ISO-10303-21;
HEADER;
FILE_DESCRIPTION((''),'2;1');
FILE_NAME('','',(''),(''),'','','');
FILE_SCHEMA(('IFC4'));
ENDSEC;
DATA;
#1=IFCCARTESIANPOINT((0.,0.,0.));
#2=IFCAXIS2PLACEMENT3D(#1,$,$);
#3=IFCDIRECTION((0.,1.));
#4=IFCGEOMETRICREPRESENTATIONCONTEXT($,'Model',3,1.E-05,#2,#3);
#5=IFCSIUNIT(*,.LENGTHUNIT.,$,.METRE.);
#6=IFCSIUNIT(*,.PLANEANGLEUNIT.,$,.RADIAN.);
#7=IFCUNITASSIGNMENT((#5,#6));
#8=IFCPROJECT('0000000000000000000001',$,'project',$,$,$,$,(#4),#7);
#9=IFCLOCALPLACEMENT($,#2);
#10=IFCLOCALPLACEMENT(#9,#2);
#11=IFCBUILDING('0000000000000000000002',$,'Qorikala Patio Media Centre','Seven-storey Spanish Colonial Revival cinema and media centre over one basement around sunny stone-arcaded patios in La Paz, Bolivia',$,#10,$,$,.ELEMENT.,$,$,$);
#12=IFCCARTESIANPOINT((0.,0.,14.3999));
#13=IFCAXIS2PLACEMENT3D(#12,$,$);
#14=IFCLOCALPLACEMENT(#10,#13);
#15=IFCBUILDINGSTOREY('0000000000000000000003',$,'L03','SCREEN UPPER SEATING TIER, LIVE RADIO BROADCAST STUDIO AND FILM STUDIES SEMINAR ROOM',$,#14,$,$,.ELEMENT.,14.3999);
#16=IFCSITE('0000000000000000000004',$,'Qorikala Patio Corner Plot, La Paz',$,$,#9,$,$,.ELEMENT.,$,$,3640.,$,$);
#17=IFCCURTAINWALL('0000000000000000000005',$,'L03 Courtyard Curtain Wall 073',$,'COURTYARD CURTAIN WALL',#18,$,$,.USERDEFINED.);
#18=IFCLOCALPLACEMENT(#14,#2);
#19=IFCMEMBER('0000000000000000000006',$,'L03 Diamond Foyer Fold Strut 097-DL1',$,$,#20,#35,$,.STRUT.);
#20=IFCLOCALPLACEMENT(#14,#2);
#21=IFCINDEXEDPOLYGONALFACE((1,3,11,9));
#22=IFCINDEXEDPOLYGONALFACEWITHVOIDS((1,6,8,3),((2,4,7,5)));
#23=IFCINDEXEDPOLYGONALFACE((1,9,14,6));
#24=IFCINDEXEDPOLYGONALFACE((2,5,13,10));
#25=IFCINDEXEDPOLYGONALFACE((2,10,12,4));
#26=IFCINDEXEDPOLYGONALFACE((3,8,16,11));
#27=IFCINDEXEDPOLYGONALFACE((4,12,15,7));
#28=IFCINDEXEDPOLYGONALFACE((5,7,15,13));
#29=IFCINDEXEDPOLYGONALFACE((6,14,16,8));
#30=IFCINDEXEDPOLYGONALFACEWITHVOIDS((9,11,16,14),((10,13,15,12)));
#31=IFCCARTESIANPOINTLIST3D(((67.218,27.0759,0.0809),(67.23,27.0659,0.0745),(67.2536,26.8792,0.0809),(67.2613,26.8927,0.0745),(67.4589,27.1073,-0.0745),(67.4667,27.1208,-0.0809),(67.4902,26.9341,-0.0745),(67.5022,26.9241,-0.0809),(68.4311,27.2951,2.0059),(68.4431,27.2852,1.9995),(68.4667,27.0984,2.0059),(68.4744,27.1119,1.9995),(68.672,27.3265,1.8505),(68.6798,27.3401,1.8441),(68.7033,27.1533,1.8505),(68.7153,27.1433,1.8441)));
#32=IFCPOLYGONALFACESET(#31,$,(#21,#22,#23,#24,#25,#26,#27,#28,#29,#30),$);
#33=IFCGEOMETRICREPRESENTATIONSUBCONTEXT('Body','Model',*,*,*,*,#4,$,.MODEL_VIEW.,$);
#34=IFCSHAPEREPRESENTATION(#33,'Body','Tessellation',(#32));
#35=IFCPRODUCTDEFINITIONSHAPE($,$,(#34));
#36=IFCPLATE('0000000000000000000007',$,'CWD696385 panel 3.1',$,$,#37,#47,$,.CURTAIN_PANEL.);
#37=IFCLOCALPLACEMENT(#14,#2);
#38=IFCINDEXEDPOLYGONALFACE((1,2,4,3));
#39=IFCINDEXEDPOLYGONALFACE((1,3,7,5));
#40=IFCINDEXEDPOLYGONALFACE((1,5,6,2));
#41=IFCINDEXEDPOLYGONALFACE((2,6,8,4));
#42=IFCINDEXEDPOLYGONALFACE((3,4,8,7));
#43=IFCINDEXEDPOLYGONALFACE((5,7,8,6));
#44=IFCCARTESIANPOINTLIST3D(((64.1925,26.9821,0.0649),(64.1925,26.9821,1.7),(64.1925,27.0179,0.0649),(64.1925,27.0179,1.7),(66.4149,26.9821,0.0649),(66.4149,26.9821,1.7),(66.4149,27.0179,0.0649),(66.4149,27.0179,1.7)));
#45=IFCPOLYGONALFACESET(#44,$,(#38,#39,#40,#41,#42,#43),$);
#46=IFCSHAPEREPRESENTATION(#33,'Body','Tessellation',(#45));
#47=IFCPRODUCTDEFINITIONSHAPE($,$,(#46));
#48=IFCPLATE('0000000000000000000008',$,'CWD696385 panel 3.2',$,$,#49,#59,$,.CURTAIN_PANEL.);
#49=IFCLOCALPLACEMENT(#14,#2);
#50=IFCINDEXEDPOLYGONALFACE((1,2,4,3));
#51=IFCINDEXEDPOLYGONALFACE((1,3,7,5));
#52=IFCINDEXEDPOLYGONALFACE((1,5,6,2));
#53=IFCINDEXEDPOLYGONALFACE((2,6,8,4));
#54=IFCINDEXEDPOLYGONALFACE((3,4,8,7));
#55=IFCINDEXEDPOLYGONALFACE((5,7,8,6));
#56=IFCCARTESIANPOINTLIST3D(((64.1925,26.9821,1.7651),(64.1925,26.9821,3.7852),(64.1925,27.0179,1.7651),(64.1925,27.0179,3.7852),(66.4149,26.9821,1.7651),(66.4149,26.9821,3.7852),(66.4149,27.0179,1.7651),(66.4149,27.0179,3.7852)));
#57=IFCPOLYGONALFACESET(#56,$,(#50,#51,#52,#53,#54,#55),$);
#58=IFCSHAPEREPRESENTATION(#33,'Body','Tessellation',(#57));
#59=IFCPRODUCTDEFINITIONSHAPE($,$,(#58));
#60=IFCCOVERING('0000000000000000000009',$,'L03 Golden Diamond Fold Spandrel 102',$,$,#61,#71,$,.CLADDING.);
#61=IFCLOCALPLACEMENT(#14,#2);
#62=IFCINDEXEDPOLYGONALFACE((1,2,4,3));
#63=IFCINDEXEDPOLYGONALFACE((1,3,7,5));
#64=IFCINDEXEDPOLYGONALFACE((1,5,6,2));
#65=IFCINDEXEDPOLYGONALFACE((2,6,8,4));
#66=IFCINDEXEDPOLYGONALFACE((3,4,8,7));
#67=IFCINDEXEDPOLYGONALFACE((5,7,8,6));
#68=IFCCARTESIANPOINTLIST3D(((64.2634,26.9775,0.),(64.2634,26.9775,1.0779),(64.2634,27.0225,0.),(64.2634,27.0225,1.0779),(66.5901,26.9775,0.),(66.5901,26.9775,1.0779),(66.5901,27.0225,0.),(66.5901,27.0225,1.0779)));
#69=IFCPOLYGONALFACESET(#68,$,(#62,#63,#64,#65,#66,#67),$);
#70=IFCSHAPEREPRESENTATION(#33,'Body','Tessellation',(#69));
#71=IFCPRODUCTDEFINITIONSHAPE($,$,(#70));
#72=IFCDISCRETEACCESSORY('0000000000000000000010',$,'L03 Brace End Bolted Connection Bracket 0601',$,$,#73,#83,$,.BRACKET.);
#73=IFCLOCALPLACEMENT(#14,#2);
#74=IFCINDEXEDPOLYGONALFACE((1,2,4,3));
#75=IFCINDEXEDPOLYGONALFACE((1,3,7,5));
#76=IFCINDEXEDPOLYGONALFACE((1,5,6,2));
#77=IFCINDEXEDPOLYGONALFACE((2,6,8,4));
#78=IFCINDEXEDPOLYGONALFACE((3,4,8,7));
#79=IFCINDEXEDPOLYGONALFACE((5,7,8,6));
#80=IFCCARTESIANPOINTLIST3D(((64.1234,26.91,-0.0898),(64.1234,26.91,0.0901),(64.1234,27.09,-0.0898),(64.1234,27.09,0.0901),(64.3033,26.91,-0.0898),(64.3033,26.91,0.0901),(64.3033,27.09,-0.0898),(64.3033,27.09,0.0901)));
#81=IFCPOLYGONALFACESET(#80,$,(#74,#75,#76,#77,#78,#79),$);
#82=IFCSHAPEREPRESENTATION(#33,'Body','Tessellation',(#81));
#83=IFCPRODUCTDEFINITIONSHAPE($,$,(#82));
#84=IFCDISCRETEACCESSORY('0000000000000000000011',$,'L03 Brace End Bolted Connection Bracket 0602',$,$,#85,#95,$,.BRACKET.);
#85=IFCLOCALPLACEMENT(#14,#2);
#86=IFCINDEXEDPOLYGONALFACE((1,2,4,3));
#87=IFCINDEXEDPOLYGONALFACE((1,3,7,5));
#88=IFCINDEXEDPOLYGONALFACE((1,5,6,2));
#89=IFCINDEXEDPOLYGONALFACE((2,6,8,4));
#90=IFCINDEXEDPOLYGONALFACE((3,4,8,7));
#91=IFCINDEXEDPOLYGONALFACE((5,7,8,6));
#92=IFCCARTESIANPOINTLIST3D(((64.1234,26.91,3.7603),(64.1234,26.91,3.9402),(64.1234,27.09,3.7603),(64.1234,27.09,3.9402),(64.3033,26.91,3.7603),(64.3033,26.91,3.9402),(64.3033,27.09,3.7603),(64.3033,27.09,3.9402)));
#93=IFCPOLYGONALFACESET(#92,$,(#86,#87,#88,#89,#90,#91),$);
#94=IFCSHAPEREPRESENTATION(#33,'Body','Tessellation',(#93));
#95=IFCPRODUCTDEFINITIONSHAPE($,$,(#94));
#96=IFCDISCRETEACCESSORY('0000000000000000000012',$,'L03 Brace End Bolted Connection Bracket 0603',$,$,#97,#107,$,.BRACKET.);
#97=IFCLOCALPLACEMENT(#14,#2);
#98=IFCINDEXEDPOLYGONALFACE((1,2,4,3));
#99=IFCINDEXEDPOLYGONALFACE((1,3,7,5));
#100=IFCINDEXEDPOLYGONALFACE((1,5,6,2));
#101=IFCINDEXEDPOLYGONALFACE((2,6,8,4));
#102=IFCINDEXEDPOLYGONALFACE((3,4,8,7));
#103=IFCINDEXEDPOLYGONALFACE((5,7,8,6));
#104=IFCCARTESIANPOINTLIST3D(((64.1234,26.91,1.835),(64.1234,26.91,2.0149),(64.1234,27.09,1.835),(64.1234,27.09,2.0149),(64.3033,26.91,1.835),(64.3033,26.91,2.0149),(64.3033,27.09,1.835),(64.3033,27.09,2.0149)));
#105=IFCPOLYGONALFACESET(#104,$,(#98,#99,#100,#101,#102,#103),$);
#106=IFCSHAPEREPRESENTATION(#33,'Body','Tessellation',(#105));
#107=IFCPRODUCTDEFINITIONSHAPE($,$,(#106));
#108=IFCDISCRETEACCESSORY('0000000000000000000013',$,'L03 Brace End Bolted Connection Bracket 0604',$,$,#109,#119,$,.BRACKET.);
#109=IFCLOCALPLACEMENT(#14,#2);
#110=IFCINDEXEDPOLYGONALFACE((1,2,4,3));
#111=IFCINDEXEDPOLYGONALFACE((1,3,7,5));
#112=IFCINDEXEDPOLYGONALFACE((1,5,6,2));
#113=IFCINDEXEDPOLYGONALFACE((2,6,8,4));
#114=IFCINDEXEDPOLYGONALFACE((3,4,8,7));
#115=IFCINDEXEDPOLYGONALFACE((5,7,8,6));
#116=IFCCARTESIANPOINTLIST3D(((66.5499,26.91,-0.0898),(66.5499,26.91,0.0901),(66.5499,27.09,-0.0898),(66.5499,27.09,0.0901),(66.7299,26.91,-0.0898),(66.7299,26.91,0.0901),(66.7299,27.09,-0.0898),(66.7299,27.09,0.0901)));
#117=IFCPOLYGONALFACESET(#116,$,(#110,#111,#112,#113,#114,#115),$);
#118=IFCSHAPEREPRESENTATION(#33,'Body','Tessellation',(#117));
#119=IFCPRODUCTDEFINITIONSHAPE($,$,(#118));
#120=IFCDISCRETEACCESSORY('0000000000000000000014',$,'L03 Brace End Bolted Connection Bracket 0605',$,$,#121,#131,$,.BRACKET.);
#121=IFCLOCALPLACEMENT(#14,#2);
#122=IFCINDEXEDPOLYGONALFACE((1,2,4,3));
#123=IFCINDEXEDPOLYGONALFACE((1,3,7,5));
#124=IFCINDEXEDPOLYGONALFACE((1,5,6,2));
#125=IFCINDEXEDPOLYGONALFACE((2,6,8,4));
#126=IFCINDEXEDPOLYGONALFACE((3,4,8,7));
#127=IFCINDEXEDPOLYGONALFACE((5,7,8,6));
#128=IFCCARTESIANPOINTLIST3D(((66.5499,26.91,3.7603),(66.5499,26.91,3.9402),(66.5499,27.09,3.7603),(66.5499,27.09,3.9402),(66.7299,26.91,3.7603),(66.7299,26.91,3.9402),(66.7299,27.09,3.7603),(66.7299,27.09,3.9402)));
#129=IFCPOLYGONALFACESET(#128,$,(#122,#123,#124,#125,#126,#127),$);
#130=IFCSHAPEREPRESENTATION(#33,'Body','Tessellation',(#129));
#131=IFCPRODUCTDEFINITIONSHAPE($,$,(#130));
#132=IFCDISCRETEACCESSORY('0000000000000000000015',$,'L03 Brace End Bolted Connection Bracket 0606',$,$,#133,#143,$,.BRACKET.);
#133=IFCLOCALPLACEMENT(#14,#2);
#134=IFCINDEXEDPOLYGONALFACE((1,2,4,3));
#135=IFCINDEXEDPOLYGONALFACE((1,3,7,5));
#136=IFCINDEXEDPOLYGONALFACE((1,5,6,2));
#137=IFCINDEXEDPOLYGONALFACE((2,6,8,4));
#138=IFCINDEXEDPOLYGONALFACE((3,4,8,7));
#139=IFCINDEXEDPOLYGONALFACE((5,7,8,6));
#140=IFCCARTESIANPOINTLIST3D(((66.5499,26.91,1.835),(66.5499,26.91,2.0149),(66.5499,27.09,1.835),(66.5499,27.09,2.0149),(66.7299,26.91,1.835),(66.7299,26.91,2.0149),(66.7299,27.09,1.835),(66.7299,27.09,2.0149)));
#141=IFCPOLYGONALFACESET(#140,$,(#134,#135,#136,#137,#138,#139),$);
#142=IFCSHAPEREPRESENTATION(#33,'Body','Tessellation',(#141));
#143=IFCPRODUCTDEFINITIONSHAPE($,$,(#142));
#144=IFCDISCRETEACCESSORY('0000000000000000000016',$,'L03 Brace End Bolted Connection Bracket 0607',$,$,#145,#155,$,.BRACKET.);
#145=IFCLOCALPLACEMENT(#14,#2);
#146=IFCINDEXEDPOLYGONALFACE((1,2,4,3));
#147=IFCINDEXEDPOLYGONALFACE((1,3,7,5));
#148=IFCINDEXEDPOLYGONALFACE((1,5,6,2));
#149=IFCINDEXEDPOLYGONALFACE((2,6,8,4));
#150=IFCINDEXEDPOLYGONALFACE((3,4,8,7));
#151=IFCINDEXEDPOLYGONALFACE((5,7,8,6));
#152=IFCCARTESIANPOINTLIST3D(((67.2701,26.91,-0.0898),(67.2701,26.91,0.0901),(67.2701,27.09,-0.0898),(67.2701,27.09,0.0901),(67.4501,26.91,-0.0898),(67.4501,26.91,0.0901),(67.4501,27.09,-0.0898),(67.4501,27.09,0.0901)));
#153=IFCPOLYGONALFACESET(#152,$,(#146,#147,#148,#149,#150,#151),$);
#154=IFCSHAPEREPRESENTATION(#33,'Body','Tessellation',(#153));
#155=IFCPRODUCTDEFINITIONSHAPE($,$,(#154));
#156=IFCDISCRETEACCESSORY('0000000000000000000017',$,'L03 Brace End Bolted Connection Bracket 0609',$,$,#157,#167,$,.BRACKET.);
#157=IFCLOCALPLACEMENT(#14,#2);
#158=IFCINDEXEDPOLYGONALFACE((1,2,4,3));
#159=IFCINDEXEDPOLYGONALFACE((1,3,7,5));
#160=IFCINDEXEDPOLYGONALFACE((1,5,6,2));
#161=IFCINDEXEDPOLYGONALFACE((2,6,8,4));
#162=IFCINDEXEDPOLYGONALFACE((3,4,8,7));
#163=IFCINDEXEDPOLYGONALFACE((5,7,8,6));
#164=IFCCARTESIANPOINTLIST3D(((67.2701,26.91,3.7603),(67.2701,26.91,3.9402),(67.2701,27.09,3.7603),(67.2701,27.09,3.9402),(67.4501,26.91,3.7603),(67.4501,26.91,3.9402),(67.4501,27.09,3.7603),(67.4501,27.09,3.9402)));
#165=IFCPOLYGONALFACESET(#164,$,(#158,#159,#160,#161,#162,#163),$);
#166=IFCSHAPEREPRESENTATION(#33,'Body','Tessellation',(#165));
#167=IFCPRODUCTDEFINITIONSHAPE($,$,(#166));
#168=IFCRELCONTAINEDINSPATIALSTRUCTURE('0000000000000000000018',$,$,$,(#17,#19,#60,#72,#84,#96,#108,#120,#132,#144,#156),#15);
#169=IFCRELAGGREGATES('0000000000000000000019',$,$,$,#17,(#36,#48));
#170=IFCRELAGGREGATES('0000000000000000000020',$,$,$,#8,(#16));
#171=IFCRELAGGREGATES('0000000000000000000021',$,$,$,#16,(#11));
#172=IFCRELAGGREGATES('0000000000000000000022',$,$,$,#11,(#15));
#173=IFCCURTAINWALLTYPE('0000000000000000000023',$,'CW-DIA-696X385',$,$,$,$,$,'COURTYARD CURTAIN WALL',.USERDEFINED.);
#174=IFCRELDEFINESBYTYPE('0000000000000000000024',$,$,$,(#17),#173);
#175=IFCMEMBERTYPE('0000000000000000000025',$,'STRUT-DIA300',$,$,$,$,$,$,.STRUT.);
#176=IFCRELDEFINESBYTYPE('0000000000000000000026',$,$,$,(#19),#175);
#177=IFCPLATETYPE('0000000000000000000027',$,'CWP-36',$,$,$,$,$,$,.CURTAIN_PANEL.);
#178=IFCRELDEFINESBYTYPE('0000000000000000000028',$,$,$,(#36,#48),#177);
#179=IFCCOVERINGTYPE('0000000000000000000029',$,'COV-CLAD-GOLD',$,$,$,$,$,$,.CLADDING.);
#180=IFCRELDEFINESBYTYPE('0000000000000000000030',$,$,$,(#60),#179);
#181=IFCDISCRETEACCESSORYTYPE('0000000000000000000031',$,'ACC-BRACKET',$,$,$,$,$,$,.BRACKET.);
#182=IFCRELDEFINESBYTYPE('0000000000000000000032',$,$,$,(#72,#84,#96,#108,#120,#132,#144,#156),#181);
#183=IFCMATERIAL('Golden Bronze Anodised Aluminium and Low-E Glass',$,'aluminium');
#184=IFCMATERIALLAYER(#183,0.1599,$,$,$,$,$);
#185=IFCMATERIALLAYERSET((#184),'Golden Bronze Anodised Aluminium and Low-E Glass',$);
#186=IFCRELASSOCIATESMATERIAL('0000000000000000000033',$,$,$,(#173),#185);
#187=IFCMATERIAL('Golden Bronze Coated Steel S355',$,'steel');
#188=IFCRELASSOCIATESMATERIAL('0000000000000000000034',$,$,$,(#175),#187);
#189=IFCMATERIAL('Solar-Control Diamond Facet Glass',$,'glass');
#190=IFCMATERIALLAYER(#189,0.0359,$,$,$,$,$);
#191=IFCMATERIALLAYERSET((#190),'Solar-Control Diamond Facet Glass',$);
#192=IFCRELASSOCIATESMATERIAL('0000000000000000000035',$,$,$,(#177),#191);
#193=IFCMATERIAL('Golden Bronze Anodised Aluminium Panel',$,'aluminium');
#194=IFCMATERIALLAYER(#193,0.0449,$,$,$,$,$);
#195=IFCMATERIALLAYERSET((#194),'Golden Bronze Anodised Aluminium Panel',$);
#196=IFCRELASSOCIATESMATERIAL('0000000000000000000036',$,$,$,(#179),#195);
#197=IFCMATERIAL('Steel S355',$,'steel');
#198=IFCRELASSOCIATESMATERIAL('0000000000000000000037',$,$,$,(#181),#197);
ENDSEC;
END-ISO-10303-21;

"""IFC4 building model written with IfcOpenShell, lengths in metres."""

from ifc_helpers import new_model, si_unit, direction, frame, origin, origin_2d, place, context, subcontext, project, spatial, rectangle, hollow_rectangle, extrude, material, layer, layer_set, material_profile, profile_set, type_object, element, aggregate, save


model = new_model("IFC4")

# Units and contexts
model_context = context("Model", 3, precision=1e-05, world=origin(), true_north=direction((0.0, 1.0)))
body_context = subcontext(model_context, "Body", "Model", "MODEL_VIEW")
ifc_project = project(units=[si_unit("LENGTHUNIT", "METRE"), si_unit("PLANEANGLEUNIT", "RADIAN")], contexts=[model_context])

# Site, building, storey
site_placement = place(None, origin())
site = spatial("IfcSite", under=ifc_project, at=site_placement, Name="Qorikala Patio Corner Plot, La Paz", CompositionType="ELEMENT", RefElevation=3640.0)
building_placement = place(site_placement, origin())
building = spatial("IfcBuilding", under=site, at=building_placement, Name="Qorikala Patio Media Centre", Description="Seven-storey Spanish Colonial Revival cinema and media centre over one basement around sunny stone-arcaded patios in La Paz, Bolivia", CompositionType="ELEMENT")
storey_placement = place(building_placement, frame((0.0, 0.0, 14.3999)))
storey = spatial("IfcBuildingStorey", under=building, at=storey_placement, Name="L03", Description="SCREEN UPPER SEATING TIER, LIVE RADIO BROADCAST STUDIO AND FILM STUDIES SEMINAR ROOM", CompositionType="ELEMENT", Elevation=14.3999)

# Shared definitions
ifc_material_1 = material(Name="Golden Bronze Coated Steel S355", Category="steel")

# Curtain wall
ifc_material_2 = material(Name="Golden Bronze Anodised Aluminium and Low-E Glass", Category="aluminium")
ifc_layer_1 = layer(ifc_material_2, 0.1599)
ifc_layer_set_1 = layer_set([ifc_layer_1], Name="Golden Bronze Anodised Aluminium and Low-E Glass")
curtain_wall_type = type_object("IfcCurtainWallType", Name="CW-DIA-696X385", ElementType="COURTYARD CURTAIN WALL", PredefinedType="USERDEFINED", material=ifc_layer_set_1)
curtain_wall_placement = place(storey_placement, origin())
curtain_wall = element("IfcCurtainWall", 1, at=curtain_wall_placement, inside=storey, type_object=curtain_wall_type, Name="L03 Courtyard Curtain Wall 073", ObjectType="COURTYARD CURTAIN WALL", PredefinedType="USERDEFINED")

# Member
ifc_material_profile_1 = material_profile(ifc_material_1, hollow_rectangle(XDim=0.2, YDim=0.3, WallThickness=0.012, at=origin_2d()), Name="HSS300X200X12")
ifc_profile_set_1 = profile_set([ifc_material_profile_1], Name="Golden Bronze Coated Steel S355")
member_type_1 = type_object("IfcMemberType", Name="STRUT-DIA300", PredefinedType="STRUT", material=ifc_profile_set_1)
for number, where, z_axis, x_axis, name in (
    (2, (67.3601, 27.0, 0.0), (0.530691, 0.095907, 0.842121), (-0.17784, 0.984059, 0.0), "L03 Diamond Foyer Fold Strut 097-DL1"),
):
    element("IfcMember", number, at=place(storey_placement, frame(where, z_axis=z_axis, x_axis=x_axis)), inside=storey, type_object=member_type_1, Name=name, PredefinedType="STRUT", context=body_context, shape_type="SweptSolid", body=[
        extrude(hollow_rectangle(XDim=0.2, YDim=0.3, WallThickness=0.012, at=origin_2d()), origin(), (0.0, 0.0, 1.0), 2.2859),
    ])

# Plates
ifc_material_3 = material(Name="Solar-Control Diamond Facet Glass", Category="glass")
ifc_layer_2 = layer(ifc_material_3, 0.0359)
ifc_layer_set_2 = layer_set([ifc_layer_2], Name="Solar-Control Diamond Facet Glass")
plate_type = type_object("IfcPlateType", Name="CWP-36", PredefinedType="CURTAIN_PANEL", material=ifc_layer_set_2)
plate_1_placement = place(storey_placement, frame((65.3037, 27.0, 0.0649), z_axis=(0.0, 0.0, 1.0), x_axis=(1.0, 0.0, 0.0)))
plate_1 = element("IfcPlate", 3, at=plate_1_placement, type_object=plate_type, Name="CWD696385 panel 3.1", PredefinedType="CURTAIN_PANEL", context=body_context, shape_type="SweptSolid", body=[
    extrude(rectangle(XDim=2.2224, YDim=0.0359, at=origin_2d()), origin(), (0.0, 0.0, 1.0), 1.635),
])
plate_2_placement = place(storey_placement, frame((65.3037, 27.0, 1.7651), z_axis=(0.0, 0.0, 1.0), x_axis=(1.0, 0.0, 0.0)))
plate_2 = element("IfcPlate", 4, at=plate_2_placement, type_object=plate_type, Name="CWD696385 panel 3.2", PredefinedType="CURTAIN_PANEL", context=body_context, shape_type="SweptSolid", body=[
    extrude(rectangle(XDim=2.2224, YDim=0.0359, at=origin_2d()), origin(), (0.0, 0.0, 1.0), 2.02),
])
aggregate(curtain_wall, [plate_1, plate_2])

# Covering
ifc_material_4 = material(Name="Golden Bronze Anodised Aluminium Panel", Category="aluminium")
ifc_layer_3 = layer(ifc_material_4, 0.0449)
ifc_layer_set_3 = layer_set([ifc_layer_3], Name="Golden Bronze Anodised Aluminium Panel")
covering_type = type_object("IfcCoveringType", Name="COV-CLAD-GOLD", PredefinedType="CLADDING", material=ifc_layer_set_3)
covering_placement = place(storey_placement, frame((65.4268, 27.0, 0.0), z_axis=(0.0, 0.0, 1.0), x_axis=(1.0, 0.0, 0.0)))
element("IfcCovering", 5, at=covering_placement, inside=storey, type_object=covering_type, Name="L03 Golden Diamond Fold Spandrel 102", PredefinedType="CLADDING", context=body_context, shape_type="SweptSolid", body=[
    extrude(rectangle(XDim=2.3267, YDim=0.0449, at=origin_2d()), origin(), (0.0, 0.0, 1.0), 1.0779),
])

# Discrete accessories
ifc_material_5 = material(Name="Steel S355", Category="steel")
discrete_accessory_type = type_object("IfcDiscreteAccessoryType", Name="ACC-BRACKET", PredefinedType="BRACKET", material=ifc_material_5)
for number, where, z_axis, x_axis, name in (
    (6, (64.2134, 27.0, -0.0898), (0.0, 0.0, 1.0), (1.0, 0.0, 0.0), "L03 Brace End Bolted Connection Bracket 0601"),
    (7, (64.2134, 27.0, 3.7603), (0.0, 0.0, 1.0), (1.0, 0.0, 0.0), "L03 Brace End Bolted Connection Bracket 0602"),
    (8, (64.2134, 27.0, 1.835), (0.0, 0.0, 1.0), (1.0, 0.0, 0.0), "L03 Brace End Bolted Connection Bracket 0603"),
    (9, (66.6399, 27.0, -0.0898), (0.0, 0.0, 1.0), (1.0, 0.0, 0.0), "L03 Brace End Bolted Connection Bracket 0604"),
    (10, (66.6399, 27.0, 3.7603), (0.0, 0.0, 1.0), (1.0, 0.0, 0.0), "L03 Brace End Bolted Connection Bracket 0605"),
    (11, (66.6399, 27.0, 1.835), (0.0, 0.0, 1.0), (1.0, 0.0, 0.0), "L03 Brace End Bolted Connection Bracket 0606"),
    (12, (67.3601, 27.0, -0.0898), (0.0, 0.0, 1.0), (1.0, 0.0, 0.0), "L03 Brace End Bolted Connection Bracket 0607"),
    (13, (67.3601, 27.0, 3.7603), (0.0, 0.0, 1.0), (1.0, 0.0, 0.0), "L03 Brace End Bolted Connection Bracket 0609"),
):
    element("IfcDiscreteAccessory", number, at=place(storey_placement, frame(where, z_axis=z_axis, x_axis=x_axis)), inside=storey, type_object=discrete_accessory_type, Name=name, PredefinedType="BRACKET", context=body_context, shape_type="SweptSolid", body=[
        extrude(rectangle(XDim=0.1799, YDim=0.1799, at=origin_2d()), origin(), (0.0, 0.0, 1.0), 0.1799),
    ])

save(model, "model.ifc")
